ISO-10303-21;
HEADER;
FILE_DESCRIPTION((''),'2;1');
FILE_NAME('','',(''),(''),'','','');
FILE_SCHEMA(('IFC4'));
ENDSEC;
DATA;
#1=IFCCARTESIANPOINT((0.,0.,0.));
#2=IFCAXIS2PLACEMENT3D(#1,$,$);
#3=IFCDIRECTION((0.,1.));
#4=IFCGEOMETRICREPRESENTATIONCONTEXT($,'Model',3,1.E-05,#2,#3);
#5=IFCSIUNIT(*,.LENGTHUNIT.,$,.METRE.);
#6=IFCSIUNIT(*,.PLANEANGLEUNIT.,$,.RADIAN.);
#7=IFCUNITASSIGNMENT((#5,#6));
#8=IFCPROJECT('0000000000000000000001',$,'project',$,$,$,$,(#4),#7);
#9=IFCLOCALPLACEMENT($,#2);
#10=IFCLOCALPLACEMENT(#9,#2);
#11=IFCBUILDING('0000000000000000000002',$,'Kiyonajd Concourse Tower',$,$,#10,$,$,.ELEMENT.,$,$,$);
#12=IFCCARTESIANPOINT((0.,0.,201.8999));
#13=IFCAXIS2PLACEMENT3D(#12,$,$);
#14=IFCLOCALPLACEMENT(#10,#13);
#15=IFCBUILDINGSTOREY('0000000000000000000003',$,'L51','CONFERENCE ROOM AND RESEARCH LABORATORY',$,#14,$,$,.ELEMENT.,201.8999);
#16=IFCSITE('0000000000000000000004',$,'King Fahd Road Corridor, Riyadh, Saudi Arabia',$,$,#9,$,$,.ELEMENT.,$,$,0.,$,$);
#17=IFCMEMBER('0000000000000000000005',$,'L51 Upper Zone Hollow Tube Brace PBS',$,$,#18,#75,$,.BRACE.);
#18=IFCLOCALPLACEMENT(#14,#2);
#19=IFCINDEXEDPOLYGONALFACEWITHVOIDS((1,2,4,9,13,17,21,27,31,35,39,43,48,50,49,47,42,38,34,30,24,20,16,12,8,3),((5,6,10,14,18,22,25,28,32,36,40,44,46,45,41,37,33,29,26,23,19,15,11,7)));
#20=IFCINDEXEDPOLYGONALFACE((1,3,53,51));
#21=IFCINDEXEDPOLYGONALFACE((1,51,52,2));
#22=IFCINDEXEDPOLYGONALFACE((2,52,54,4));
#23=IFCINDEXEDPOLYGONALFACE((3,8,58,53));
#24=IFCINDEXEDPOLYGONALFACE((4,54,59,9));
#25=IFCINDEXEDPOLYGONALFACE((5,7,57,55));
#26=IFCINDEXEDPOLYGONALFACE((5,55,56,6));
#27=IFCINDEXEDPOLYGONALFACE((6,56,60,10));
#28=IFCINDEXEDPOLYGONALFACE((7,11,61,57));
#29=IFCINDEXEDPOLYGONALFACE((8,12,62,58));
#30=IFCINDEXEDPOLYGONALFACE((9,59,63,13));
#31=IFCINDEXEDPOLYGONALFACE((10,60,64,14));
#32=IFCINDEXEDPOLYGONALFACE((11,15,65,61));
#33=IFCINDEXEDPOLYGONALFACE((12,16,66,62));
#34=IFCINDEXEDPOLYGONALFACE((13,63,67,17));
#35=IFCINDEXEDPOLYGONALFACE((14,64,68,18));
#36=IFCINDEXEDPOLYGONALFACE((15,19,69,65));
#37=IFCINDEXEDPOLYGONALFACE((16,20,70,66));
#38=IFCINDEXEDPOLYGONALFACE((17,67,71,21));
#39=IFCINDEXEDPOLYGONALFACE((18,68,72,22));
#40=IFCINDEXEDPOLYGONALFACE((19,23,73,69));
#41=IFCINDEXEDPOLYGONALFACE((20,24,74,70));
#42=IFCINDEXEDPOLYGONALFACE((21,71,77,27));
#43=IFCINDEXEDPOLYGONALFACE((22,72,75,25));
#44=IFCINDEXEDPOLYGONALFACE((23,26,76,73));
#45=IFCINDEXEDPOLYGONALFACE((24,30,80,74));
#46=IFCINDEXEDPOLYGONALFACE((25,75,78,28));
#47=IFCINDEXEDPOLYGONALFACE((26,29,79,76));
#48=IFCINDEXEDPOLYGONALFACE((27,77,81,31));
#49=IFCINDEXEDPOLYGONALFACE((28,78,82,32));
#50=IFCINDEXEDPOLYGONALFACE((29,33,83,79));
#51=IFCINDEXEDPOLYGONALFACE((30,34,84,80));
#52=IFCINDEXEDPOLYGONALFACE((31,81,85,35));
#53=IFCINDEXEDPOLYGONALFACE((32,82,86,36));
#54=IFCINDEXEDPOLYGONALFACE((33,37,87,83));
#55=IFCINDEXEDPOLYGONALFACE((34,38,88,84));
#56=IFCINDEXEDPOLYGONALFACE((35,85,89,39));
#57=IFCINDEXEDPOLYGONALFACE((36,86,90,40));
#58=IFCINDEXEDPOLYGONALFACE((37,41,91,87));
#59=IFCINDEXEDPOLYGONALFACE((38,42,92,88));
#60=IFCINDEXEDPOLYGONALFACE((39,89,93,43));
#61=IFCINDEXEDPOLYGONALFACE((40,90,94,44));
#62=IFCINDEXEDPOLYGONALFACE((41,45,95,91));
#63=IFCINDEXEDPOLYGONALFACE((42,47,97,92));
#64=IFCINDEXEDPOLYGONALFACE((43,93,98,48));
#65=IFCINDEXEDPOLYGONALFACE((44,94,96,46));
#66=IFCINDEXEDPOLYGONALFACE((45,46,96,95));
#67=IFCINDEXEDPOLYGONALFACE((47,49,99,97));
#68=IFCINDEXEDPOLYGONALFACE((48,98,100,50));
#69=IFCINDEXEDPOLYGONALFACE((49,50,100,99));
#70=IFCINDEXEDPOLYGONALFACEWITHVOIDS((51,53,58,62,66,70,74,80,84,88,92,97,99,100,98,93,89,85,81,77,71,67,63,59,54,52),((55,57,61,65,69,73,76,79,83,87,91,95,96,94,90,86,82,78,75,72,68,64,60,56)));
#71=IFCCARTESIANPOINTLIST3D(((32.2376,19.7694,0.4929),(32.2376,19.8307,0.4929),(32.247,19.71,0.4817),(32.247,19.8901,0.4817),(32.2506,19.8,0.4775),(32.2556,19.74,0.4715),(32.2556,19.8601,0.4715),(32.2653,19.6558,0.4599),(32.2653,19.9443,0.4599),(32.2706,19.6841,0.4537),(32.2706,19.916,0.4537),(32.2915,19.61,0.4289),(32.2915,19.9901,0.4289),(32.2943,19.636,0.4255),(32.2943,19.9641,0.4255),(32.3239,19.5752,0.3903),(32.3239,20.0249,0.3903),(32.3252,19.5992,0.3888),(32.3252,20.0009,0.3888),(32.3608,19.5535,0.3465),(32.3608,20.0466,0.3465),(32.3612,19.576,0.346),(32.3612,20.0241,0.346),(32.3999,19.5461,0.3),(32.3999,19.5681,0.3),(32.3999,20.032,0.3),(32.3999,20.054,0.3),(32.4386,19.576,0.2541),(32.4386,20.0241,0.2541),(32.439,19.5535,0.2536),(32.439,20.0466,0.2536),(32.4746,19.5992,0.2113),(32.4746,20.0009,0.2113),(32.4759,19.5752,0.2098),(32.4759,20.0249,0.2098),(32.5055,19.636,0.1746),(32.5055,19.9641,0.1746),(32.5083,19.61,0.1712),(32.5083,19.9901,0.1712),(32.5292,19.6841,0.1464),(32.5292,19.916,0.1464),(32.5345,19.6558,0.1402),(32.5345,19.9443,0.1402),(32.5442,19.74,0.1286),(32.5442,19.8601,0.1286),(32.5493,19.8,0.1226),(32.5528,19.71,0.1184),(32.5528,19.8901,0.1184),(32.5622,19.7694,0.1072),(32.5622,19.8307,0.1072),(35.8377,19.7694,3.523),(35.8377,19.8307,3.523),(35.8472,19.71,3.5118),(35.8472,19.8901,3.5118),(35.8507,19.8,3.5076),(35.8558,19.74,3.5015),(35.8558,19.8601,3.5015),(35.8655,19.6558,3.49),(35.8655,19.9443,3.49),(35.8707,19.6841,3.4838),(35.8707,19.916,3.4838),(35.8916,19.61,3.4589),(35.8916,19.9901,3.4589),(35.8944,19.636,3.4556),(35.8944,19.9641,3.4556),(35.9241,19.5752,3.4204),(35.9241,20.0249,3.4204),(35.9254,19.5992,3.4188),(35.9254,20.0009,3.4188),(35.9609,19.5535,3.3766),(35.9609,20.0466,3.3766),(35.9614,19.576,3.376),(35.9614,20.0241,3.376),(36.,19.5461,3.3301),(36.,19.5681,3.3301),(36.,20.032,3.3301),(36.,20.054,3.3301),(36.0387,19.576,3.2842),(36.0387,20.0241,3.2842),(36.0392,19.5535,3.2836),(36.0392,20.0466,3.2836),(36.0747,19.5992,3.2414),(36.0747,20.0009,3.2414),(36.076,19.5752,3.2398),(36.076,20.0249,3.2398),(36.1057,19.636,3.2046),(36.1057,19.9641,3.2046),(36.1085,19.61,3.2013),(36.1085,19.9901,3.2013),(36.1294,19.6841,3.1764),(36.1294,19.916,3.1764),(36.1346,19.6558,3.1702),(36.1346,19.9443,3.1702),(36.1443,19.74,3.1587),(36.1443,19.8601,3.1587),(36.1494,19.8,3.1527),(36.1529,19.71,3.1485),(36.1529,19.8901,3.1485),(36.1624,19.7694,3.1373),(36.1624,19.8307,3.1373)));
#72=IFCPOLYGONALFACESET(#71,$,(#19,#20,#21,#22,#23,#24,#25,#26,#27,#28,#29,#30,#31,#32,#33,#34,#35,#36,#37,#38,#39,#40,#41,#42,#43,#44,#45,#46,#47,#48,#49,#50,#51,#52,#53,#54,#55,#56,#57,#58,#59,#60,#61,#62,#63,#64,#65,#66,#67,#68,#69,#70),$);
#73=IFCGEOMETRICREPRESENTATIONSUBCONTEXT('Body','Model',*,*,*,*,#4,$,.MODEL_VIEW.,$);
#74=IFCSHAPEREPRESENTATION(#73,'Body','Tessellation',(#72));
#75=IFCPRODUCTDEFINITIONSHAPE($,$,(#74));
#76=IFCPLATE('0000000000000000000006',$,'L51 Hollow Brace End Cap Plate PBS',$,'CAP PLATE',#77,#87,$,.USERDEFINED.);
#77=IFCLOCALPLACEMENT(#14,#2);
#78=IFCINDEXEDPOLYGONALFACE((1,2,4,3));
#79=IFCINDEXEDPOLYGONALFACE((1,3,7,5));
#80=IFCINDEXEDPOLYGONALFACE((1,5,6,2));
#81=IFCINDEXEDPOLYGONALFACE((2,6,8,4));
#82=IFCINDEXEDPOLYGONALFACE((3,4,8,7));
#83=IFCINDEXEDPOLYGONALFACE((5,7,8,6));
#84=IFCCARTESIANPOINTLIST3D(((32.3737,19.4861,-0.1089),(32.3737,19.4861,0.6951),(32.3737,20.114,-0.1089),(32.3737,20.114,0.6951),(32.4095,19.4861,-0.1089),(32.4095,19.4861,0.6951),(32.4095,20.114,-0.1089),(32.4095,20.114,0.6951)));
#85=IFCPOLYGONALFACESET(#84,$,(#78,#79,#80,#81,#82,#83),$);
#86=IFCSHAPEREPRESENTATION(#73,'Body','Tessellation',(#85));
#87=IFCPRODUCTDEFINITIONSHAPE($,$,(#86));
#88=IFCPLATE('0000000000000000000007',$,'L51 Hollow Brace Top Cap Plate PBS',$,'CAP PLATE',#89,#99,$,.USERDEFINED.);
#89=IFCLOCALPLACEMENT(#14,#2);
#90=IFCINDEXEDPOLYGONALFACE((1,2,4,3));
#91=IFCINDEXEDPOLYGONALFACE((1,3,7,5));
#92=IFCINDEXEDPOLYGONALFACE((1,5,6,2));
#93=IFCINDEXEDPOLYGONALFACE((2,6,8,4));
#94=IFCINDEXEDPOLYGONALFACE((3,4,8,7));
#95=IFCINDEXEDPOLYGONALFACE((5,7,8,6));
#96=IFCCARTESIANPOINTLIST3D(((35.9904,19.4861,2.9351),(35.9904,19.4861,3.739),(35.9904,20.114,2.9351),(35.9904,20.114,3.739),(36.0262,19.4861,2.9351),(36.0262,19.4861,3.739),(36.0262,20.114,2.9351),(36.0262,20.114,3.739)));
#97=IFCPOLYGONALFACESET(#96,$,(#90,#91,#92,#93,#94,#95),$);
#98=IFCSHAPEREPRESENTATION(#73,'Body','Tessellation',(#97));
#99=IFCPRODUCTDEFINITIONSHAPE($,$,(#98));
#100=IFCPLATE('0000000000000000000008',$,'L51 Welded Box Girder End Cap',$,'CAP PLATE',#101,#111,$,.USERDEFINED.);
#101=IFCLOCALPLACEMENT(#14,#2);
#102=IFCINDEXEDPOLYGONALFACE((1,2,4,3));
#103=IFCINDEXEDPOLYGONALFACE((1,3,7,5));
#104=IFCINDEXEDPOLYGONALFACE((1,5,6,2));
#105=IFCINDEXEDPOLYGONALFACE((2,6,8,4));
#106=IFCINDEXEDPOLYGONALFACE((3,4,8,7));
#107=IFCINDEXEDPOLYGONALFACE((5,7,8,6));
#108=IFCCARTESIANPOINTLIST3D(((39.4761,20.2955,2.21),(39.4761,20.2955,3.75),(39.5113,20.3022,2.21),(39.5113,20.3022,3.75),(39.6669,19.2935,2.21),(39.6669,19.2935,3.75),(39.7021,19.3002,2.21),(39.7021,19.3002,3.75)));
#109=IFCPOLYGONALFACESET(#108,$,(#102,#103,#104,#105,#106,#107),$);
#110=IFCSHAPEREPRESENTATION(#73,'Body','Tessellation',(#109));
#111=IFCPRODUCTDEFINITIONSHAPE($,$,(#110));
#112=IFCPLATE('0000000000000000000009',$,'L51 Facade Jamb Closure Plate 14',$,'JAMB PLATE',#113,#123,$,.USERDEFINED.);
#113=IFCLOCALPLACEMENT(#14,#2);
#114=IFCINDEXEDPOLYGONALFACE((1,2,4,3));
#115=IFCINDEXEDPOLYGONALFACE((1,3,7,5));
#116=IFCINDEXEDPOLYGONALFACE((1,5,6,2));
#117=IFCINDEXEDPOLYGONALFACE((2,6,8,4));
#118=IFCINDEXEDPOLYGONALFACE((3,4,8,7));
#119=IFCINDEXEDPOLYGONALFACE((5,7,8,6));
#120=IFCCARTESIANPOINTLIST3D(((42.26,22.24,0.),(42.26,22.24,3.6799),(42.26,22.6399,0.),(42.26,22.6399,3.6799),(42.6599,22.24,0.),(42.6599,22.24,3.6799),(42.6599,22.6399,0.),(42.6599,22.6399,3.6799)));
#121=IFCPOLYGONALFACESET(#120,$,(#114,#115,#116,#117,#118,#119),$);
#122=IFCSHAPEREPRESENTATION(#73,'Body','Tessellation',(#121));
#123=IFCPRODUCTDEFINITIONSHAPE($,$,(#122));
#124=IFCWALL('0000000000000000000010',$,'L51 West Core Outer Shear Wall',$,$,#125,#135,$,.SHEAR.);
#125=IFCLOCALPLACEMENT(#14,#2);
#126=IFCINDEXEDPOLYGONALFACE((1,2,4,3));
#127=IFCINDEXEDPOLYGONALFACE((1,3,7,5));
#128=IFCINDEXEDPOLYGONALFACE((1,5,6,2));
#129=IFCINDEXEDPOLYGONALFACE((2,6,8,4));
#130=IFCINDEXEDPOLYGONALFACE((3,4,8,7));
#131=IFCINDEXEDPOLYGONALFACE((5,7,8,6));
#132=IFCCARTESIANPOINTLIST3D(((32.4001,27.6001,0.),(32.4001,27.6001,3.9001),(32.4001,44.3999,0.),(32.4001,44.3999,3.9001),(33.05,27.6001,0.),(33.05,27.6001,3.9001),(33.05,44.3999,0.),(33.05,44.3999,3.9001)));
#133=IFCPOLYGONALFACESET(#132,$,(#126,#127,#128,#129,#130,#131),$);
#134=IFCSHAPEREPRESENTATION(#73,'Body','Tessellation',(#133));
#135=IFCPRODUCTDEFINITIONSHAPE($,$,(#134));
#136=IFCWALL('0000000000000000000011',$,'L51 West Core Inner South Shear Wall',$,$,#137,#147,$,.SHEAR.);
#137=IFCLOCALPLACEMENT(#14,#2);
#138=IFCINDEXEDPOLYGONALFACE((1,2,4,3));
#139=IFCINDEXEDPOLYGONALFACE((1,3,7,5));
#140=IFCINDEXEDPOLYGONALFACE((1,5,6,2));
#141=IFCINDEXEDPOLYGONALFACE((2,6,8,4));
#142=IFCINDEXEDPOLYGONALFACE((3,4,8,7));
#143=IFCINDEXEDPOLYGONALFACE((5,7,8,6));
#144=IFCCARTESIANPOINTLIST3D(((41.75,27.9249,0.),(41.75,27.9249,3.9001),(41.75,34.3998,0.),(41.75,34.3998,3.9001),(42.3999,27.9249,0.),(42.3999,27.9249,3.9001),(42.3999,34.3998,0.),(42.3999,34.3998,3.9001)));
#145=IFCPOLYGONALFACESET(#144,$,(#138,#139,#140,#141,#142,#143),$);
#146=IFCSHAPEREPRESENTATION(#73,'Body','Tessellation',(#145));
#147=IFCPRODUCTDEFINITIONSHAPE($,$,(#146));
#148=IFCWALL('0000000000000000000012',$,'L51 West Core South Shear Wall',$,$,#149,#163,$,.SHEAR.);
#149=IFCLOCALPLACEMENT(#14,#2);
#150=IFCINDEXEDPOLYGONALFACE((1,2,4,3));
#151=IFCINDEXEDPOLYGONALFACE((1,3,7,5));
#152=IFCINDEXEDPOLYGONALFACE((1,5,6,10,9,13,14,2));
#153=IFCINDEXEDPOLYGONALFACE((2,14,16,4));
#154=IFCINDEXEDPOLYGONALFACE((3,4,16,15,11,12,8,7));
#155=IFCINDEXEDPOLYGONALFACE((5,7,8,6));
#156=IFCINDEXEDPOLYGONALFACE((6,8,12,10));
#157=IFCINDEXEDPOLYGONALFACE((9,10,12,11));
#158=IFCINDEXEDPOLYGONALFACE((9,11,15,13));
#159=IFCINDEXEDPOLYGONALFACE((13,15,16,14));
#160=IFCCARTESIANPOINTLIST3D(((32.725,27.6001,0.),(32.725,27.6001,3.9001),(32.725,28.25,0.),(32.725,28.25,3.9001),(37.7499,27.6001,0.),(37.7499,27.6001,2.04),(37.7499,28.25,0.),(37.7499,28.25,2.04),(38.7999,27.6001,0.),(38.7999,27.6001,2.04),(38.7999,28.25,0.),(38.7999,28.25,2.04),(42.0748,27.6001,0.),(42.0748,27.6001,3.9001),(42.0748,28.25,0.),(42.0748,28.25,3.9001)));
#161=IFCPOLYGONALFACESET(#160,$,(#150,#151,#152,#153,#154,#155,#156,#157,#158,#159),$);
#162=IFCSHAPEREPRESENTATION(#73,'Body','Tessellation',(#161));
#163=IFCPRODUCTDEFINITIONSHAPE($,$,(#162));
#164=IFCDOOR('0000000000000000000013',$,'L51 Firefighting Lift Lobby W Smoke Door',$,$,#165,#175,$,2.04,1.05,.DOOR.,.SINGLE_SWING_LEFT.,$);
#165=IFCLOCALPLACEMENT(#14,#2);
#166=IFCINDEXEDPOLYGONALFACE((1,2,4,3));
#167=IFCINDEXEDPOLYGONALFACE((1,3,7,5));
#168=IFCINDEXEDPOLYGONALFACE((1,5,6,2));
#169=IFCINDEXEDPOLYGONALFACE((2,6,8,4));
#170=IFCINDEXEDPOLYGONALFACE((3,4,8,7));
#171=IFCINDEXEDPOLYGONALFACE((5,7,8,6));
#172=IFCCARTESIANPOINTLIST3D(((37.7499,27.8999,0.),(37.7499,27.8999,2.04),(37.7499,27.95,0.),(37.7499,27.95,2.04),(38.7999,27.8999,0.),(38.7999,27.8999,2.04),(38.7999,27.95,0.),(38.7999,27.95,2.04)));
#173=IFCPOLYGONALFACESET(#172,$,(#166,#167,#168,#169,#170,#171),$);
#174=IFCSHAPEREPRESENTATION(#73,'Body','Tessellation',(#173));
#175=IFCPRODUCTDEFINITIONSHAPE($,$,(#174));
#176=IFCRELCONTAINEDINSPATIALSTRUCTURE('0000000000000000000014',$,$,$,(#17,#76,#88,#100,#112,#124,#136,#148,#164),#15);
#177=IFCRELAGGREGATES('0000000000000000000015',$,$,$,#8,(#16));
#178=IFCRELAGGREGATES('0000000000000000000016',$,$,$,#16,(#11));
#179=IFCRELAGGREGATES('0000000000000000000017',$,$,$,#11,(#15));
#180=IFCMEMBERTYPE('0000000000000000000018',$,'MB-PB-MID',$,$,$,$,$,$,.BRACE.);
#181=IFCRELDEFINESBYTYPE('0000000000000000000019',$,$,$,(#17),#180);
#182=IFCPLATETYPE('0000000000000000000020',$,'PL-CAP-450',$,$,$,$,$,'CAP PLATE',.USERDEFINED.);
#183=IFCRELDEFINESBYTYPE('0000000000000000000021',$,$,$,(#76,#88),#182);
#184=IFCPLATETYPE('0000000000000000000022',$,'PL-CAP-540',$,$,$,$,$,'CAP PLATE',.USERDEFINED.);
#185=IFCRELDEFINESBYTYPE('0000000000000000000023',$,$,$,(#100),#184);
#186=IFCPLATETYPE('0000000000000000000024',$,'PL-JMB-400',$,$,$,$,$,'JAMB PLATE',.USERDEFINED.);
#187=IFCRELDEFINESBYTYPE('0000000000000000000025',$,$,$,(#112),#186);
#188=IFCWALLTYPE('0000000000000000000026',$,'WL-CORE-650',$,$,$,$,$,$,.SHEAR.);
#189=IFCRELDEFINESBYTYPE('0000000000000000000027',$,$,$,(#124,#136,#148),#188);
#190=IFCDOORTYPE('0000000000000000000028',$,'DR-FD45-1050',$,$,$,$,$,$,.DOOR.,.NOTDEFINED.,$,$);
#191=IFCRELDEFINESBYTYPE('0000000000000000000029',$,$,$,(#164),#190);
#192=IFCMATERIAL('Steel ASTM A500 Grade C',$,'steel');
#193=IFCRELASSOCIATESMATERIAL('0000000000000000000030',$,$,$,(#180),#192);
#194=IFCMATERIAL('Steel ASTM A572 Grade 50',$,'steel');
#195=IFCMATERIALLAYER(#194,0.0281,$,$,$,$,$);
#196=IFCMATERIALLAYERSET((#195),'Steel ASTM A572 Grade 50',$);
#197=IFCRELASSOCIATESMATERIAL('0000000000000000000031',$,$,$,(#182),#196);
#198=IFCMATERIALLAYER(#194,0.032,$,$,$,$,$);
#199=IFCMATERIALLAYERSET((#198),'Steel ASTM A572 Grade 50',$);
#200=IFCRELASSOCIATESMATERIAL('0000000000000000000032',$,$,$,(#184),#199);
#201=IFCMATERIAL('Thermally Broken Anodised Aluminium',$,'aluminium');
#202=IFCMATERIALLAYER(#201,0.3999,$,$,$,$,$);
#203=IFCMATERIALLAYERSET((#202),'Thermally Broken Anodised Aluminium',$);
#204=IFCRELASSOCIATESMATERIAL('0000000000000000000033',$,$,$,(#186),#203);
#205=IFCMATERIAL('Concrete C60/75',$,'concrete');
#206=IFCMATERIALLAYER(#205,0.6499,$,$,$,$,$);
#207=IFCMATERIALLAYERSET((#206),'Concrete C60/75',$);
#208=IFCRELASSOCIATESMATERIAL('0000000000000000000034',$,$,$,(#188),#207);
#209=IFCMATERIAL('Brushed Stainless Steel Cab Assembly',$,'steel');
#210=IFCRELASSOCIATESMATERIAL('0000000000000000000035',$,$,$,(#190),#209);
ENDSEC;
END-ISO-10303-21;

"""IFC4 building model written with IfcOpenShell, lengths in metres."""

from ifc_helpers import new_model, si_unit, direction, frame, frame_2d, origin, origin_2d, place, context, subcontext, project, spatial, rectangle, hollow_circle, extrude, material, layer, layer_set, material_profile, profile_set, type_object, element, fill, save


model = new_model("IFC4")

# Units and contexts
model_context = context("Model", 3, precision=1e-05, world=origin(), true_north=direction((0.0, 1.0)))
body_context = subcontext(model_context, "Body", "Model", "MODEL_VIEW")
ifc_project = project(units=[si_unit("LENGTHUNIT", "METRE"), si_unit("PLANEANGLEUNIT", "RADIAN")], contexts=[model_context])

# Site, building, storey
site_placement = place(None, origin())
site = spatial("IfcSite", under=ifc_project, at=site_placement, Name="King Fahd Road Corridor, Riyadh, Saudi Arabia", CompositionType="ELEMENT", RefElevation=0.0)
building_placement = place(site_placement, origin())
building = spatial("IfcBuilding", under=site, at=building_placement, Name="Kiyonajd Concourse Tower", CompositionType="ELEMENT")
storey_placement = place(building_placement, frame((0.0, 0.0, 201.8999)))
storey = spatial("IfcBuildingStorey", under=building, at=storey_placement, Name="L51", Description="CONFERENCE ROOM AND RESEARCH LABORATORY", CompositionType="ELEMENT", Elevation=201.8999)

# Shared definitions
ifc_material_1 = material(Name="Steel ASTM A572 Grade 50", Category="steel")

# Member
ifc_material_2 = material(Name="Steel ASTM A500 Grade C", Category="steel")
ifc_material_profile_1 = material_profile(ifc_material_2, hollow_circle(Radius=0.2539, WallThickness=0.022, at=origin_2d()), Name="CHS-508x22")
ifc_profile_set_1 = profile_set([ifc_material_profile_1], Name="Steel ASTM A500 Grade C")
member_type = type_object("IfcMemberType", Name="MB-PB-MID", PredefinedType="BRACE", material=ifc_profile_set_1)
member_placement = place(storey_placement, frame((32.3999, 19.8, 0.3), z_axis=(0.765082, 0.0, 0.643933), x_axis=(0.0, 1.0, 0.0)))
element("IfcMember", 1, at=member_placement, inside=storey, type_object=member_type, Name="L51 Upper Zone Hollow Tube Brace PBS", PredefinedType="BRACE", context=body_context, shape_type="SweptSolid", body=[
    extrude(hollow_circle(Radius=0.2539, WallThickness=0.022, at=origin_2d()), origin(), (0.0, 0.0, 1.0), 4.7056),
])

# Plates
ifc_layer_1 = layer(ifc_material_1, 0.0281)
ifc_layer_set_1 = layer_set([ifc_layer_1], Name="Steel ASTM A572 Grade 50")
plate_type_1 = type_object("IfcPlateType", Name="PL-CAP-450", ElementType="CAP PLATE", PredefinedType="USERDEFINED", material=ifc_layer_set_1)
for number, where, z_axis, x_axis, name in (
    (2, (32.3916, 19.8, -0.1089), (0.0, 0.0, 1.0), (-1.0, 0.0, 0.0), "L51 Hollow Brace End Cap Plate PBS"),
    (3, (36.0083, 19.8, 2.9351), (0.0, 0.0, 1.0), (1.0, 0.0, 0.0), "L51 Hollow Brace Top Cap Plate PBS"),
):
    element("IfcPlate", number, at=place(storey_placement, frame(where, z_axis=z_axis, x_axis=x_axis)), inside=storey, type_object=plate_type_1, Name=name, ObjectType="CAP PLATE", PredefinedType="USERDEFINED", context=body_context, shape_type="SweptSolid", body=[
        extrude(rectangle(XDim=0.0359, YDim=0.6279, at=origin_2d()), origin(), (0.0, 0.0, 1.0), 0.804),
    ])
ifc_layer_2 = layer(ifc_material_1, 0.032)
ifc_layer_set_2 = layer_set([ifc_layer_2], Name="Steel ASTM A572 Grade 50")
plate_type_2 = type_object("IfcPlateType", Name="PL-CAP-540", ElementType="CAP PLATE", PredefinedType="USERDEFINED", material=ifc_layer_set_2)
plate_1_placement = place(storey_placement, frame((39.5891, 19.7979, 2.21), z_axis=(0.0, 0.0, 1.0), x_axis=(-0.982353, -0.187038, 0.0)))
element("IfcPlate", 4, at=plate_1_placement, inside=storey, type_object=plate_type_2, Name="L51 Welded Box Girder End Cap", ObjectType="CAP PLATE", PredefinedType="USERDEFINED", context=body_context, shape_type="SweptSolid", body=[
    extrude(rectangle(XDim=0.0359, YDim=1.02, at=origin_2d()), origin(), (0.0, 0.0, 1.0), 1.54),
])
ifc_material_3 = material(Name="Thermally Broken Anodised Aluminium", Category="aluminium")
ifc_layer_3 = layer(ifc_material_3, 0.3999)
ifc_layer_set_3 = layer_set([ifc_layer_3], Name="Thermally Broken Anodised Aluminium")
plate_type_3 = type_object("IfcPlateType", Name="PL-JMB-400", ElementType="JAMB PLATE", PredefinedType="USERDEFINED", material=ifc_layer_set_3)
plate_2_placement = place(storey_placement, frame((42.46, 22.4399, 0.0), z_axis=(0.0, 0.0, 1.0), x_axis=(1.0, 0.0, 0.0)))
element("IfcPlate", 5, at=plate_2_placement, inside=storey, type_object=plate_type_3, Name="L51 Facade Jamb Closure Plate 14", ObjectType="JAMB PLATE", PredefinedType="USERDEFINED", context=body_context, shape_type="SweptSolid", body=[
    extrude(rectangle(XDim=0.3999, YDim=0.3999, at=origin_2d()), origin(), (0.0, 0.0, 1.0), 3.6799),
])

# Walls
ifc_material_4 = material(Name="Concrete C60/75", Category="concrete")
ifc_layer_4 = layer(ifc_material_4, 0.6499)
ifc_layer_set_4 = layer_set([ifc_layer_4], Name="Concrete C60/75")
wall_type_1 = type_object("IfcWallType", Name="WL-CORE-650", PredefinedType="SHEAR", material=ifc_layer_set_4)
wall_1_placement = place(storey_placement, frame((32.7251, 27.6001, 0.0), z_axis=(0.0, 0.0, 1.0), x_axis=(0.0, 1.0, 0.0)))
element("IfcWall", 6, at=wall_1_placement, inside=storey, type_object=wall_type_1, Name="L51 West Core Outer Shear Wall", PredefinedType="SHEAR", context=body_context, shape_type="SweptSolid", body=[
    extrude(rectangle(XDim=16.7998, YDim=0.6499, at=frame_2d((8.3999, 0.0))), origin(), (0.0, 0.0, 1.0), 3.9001),
])
wall_2_placement = place(storey_placement, frame((42.075, 27.925, 0.0), z_axis=(0.0, 0.0, 1.0), x_axis=(0.0, 1.0, 0.0)))
element("IfcWall", 7, at=wall_2_placement, inside=storey, type_object=wall_type_1, Name="L51 West Core Inner South Shear Wall", PredefinedType="SHEAR", context=body_context, shape_type="SweptSolid", body=[
    extrude(rectangle(XDim=6.4749, YDim=0.6499, at=frame_2d((3.2373, 0.0))), origin(), (0.0, 0.0, 1.0), 3.9001),
])

# Wall, opening, door
wall_3_placement = place(storey_placement, frame((32.7251, 27.925, 0.0), z_axis=(0.0, 0.0, 1.0), x_axis=(1.0, 0.0, 0.0)))
wall_3 = element("IfcWall", 8, at=wall_3_placement, inside=storey, type_object=wall_type_1, Name="L51 West Core South Shear Wall", PredefinedType="SHEAR", context=body_context, shape_type="SweptSolid", body=[
    extrude(rectangle(XDim=9.3499, YDim=0.6499, at=frame_2d((4.6748, 0.0))), origin(), (0.0, 0.0, 1.0), 3.9001),
])
opening_1_placement = place(wall_3_placement, frame((5.0249, 0.0, 0.0)))
opening_1 = element("IfcOpeningElement", 9, at=opening_1_placement, cuts=wall_3, PredefinedType="OPENING", context=body_context, shape_type="SweptSolid", body=[
    extrude(rectangle(XDim=1.05, YDim=2.04, at=frame_2d((0.5249, 1.02))), frame((0.0, 0.335, 0.0), z_axis=(0.0, -1.0, 0.0), x_axis=(1.0, 0.0, 0.0)), (0.0, 0.0, 1.0), 0.6699),
])
ifc_material_5 = material(Name="Brushed Stainless Steel Cab Assembly", Category="steel")
door_type_1 = type_object("IfcDoorType", Name="DR-FD45-1050", OperationType="NOTDEFINED", PredefinedType="DOOR", material=ifc_material_5)
door_1_placement = place(opening_1_placement, origin())
door_1 = element("IfcDoor", 10, at=door_1_placement, inside=storey, type_object=door_type_1, Name="L51 Firefighting Lift Lobby W Smoke Door", OperationType="SINGLE_SWING_LEFT", OverallHeight=2.04, OverallWidth=1.05, PredefinedType="DOOR", context=body_context, shape_type="SweptSolid", body=[
    extrude(rectangle(XDim=1.05, YDim=2.04, at=frame_2d((0.5249, 1.02))), frame((0.0, 0.0249, 0.0), z_axis=(0.0, -1.0, 0.0), x_axis=(1.0, 0.0, 0.0)), (0.0, 0.0, 1.0), 0.05),
])
fill(opening_1, door_1)

save(model, "model.ifc")
